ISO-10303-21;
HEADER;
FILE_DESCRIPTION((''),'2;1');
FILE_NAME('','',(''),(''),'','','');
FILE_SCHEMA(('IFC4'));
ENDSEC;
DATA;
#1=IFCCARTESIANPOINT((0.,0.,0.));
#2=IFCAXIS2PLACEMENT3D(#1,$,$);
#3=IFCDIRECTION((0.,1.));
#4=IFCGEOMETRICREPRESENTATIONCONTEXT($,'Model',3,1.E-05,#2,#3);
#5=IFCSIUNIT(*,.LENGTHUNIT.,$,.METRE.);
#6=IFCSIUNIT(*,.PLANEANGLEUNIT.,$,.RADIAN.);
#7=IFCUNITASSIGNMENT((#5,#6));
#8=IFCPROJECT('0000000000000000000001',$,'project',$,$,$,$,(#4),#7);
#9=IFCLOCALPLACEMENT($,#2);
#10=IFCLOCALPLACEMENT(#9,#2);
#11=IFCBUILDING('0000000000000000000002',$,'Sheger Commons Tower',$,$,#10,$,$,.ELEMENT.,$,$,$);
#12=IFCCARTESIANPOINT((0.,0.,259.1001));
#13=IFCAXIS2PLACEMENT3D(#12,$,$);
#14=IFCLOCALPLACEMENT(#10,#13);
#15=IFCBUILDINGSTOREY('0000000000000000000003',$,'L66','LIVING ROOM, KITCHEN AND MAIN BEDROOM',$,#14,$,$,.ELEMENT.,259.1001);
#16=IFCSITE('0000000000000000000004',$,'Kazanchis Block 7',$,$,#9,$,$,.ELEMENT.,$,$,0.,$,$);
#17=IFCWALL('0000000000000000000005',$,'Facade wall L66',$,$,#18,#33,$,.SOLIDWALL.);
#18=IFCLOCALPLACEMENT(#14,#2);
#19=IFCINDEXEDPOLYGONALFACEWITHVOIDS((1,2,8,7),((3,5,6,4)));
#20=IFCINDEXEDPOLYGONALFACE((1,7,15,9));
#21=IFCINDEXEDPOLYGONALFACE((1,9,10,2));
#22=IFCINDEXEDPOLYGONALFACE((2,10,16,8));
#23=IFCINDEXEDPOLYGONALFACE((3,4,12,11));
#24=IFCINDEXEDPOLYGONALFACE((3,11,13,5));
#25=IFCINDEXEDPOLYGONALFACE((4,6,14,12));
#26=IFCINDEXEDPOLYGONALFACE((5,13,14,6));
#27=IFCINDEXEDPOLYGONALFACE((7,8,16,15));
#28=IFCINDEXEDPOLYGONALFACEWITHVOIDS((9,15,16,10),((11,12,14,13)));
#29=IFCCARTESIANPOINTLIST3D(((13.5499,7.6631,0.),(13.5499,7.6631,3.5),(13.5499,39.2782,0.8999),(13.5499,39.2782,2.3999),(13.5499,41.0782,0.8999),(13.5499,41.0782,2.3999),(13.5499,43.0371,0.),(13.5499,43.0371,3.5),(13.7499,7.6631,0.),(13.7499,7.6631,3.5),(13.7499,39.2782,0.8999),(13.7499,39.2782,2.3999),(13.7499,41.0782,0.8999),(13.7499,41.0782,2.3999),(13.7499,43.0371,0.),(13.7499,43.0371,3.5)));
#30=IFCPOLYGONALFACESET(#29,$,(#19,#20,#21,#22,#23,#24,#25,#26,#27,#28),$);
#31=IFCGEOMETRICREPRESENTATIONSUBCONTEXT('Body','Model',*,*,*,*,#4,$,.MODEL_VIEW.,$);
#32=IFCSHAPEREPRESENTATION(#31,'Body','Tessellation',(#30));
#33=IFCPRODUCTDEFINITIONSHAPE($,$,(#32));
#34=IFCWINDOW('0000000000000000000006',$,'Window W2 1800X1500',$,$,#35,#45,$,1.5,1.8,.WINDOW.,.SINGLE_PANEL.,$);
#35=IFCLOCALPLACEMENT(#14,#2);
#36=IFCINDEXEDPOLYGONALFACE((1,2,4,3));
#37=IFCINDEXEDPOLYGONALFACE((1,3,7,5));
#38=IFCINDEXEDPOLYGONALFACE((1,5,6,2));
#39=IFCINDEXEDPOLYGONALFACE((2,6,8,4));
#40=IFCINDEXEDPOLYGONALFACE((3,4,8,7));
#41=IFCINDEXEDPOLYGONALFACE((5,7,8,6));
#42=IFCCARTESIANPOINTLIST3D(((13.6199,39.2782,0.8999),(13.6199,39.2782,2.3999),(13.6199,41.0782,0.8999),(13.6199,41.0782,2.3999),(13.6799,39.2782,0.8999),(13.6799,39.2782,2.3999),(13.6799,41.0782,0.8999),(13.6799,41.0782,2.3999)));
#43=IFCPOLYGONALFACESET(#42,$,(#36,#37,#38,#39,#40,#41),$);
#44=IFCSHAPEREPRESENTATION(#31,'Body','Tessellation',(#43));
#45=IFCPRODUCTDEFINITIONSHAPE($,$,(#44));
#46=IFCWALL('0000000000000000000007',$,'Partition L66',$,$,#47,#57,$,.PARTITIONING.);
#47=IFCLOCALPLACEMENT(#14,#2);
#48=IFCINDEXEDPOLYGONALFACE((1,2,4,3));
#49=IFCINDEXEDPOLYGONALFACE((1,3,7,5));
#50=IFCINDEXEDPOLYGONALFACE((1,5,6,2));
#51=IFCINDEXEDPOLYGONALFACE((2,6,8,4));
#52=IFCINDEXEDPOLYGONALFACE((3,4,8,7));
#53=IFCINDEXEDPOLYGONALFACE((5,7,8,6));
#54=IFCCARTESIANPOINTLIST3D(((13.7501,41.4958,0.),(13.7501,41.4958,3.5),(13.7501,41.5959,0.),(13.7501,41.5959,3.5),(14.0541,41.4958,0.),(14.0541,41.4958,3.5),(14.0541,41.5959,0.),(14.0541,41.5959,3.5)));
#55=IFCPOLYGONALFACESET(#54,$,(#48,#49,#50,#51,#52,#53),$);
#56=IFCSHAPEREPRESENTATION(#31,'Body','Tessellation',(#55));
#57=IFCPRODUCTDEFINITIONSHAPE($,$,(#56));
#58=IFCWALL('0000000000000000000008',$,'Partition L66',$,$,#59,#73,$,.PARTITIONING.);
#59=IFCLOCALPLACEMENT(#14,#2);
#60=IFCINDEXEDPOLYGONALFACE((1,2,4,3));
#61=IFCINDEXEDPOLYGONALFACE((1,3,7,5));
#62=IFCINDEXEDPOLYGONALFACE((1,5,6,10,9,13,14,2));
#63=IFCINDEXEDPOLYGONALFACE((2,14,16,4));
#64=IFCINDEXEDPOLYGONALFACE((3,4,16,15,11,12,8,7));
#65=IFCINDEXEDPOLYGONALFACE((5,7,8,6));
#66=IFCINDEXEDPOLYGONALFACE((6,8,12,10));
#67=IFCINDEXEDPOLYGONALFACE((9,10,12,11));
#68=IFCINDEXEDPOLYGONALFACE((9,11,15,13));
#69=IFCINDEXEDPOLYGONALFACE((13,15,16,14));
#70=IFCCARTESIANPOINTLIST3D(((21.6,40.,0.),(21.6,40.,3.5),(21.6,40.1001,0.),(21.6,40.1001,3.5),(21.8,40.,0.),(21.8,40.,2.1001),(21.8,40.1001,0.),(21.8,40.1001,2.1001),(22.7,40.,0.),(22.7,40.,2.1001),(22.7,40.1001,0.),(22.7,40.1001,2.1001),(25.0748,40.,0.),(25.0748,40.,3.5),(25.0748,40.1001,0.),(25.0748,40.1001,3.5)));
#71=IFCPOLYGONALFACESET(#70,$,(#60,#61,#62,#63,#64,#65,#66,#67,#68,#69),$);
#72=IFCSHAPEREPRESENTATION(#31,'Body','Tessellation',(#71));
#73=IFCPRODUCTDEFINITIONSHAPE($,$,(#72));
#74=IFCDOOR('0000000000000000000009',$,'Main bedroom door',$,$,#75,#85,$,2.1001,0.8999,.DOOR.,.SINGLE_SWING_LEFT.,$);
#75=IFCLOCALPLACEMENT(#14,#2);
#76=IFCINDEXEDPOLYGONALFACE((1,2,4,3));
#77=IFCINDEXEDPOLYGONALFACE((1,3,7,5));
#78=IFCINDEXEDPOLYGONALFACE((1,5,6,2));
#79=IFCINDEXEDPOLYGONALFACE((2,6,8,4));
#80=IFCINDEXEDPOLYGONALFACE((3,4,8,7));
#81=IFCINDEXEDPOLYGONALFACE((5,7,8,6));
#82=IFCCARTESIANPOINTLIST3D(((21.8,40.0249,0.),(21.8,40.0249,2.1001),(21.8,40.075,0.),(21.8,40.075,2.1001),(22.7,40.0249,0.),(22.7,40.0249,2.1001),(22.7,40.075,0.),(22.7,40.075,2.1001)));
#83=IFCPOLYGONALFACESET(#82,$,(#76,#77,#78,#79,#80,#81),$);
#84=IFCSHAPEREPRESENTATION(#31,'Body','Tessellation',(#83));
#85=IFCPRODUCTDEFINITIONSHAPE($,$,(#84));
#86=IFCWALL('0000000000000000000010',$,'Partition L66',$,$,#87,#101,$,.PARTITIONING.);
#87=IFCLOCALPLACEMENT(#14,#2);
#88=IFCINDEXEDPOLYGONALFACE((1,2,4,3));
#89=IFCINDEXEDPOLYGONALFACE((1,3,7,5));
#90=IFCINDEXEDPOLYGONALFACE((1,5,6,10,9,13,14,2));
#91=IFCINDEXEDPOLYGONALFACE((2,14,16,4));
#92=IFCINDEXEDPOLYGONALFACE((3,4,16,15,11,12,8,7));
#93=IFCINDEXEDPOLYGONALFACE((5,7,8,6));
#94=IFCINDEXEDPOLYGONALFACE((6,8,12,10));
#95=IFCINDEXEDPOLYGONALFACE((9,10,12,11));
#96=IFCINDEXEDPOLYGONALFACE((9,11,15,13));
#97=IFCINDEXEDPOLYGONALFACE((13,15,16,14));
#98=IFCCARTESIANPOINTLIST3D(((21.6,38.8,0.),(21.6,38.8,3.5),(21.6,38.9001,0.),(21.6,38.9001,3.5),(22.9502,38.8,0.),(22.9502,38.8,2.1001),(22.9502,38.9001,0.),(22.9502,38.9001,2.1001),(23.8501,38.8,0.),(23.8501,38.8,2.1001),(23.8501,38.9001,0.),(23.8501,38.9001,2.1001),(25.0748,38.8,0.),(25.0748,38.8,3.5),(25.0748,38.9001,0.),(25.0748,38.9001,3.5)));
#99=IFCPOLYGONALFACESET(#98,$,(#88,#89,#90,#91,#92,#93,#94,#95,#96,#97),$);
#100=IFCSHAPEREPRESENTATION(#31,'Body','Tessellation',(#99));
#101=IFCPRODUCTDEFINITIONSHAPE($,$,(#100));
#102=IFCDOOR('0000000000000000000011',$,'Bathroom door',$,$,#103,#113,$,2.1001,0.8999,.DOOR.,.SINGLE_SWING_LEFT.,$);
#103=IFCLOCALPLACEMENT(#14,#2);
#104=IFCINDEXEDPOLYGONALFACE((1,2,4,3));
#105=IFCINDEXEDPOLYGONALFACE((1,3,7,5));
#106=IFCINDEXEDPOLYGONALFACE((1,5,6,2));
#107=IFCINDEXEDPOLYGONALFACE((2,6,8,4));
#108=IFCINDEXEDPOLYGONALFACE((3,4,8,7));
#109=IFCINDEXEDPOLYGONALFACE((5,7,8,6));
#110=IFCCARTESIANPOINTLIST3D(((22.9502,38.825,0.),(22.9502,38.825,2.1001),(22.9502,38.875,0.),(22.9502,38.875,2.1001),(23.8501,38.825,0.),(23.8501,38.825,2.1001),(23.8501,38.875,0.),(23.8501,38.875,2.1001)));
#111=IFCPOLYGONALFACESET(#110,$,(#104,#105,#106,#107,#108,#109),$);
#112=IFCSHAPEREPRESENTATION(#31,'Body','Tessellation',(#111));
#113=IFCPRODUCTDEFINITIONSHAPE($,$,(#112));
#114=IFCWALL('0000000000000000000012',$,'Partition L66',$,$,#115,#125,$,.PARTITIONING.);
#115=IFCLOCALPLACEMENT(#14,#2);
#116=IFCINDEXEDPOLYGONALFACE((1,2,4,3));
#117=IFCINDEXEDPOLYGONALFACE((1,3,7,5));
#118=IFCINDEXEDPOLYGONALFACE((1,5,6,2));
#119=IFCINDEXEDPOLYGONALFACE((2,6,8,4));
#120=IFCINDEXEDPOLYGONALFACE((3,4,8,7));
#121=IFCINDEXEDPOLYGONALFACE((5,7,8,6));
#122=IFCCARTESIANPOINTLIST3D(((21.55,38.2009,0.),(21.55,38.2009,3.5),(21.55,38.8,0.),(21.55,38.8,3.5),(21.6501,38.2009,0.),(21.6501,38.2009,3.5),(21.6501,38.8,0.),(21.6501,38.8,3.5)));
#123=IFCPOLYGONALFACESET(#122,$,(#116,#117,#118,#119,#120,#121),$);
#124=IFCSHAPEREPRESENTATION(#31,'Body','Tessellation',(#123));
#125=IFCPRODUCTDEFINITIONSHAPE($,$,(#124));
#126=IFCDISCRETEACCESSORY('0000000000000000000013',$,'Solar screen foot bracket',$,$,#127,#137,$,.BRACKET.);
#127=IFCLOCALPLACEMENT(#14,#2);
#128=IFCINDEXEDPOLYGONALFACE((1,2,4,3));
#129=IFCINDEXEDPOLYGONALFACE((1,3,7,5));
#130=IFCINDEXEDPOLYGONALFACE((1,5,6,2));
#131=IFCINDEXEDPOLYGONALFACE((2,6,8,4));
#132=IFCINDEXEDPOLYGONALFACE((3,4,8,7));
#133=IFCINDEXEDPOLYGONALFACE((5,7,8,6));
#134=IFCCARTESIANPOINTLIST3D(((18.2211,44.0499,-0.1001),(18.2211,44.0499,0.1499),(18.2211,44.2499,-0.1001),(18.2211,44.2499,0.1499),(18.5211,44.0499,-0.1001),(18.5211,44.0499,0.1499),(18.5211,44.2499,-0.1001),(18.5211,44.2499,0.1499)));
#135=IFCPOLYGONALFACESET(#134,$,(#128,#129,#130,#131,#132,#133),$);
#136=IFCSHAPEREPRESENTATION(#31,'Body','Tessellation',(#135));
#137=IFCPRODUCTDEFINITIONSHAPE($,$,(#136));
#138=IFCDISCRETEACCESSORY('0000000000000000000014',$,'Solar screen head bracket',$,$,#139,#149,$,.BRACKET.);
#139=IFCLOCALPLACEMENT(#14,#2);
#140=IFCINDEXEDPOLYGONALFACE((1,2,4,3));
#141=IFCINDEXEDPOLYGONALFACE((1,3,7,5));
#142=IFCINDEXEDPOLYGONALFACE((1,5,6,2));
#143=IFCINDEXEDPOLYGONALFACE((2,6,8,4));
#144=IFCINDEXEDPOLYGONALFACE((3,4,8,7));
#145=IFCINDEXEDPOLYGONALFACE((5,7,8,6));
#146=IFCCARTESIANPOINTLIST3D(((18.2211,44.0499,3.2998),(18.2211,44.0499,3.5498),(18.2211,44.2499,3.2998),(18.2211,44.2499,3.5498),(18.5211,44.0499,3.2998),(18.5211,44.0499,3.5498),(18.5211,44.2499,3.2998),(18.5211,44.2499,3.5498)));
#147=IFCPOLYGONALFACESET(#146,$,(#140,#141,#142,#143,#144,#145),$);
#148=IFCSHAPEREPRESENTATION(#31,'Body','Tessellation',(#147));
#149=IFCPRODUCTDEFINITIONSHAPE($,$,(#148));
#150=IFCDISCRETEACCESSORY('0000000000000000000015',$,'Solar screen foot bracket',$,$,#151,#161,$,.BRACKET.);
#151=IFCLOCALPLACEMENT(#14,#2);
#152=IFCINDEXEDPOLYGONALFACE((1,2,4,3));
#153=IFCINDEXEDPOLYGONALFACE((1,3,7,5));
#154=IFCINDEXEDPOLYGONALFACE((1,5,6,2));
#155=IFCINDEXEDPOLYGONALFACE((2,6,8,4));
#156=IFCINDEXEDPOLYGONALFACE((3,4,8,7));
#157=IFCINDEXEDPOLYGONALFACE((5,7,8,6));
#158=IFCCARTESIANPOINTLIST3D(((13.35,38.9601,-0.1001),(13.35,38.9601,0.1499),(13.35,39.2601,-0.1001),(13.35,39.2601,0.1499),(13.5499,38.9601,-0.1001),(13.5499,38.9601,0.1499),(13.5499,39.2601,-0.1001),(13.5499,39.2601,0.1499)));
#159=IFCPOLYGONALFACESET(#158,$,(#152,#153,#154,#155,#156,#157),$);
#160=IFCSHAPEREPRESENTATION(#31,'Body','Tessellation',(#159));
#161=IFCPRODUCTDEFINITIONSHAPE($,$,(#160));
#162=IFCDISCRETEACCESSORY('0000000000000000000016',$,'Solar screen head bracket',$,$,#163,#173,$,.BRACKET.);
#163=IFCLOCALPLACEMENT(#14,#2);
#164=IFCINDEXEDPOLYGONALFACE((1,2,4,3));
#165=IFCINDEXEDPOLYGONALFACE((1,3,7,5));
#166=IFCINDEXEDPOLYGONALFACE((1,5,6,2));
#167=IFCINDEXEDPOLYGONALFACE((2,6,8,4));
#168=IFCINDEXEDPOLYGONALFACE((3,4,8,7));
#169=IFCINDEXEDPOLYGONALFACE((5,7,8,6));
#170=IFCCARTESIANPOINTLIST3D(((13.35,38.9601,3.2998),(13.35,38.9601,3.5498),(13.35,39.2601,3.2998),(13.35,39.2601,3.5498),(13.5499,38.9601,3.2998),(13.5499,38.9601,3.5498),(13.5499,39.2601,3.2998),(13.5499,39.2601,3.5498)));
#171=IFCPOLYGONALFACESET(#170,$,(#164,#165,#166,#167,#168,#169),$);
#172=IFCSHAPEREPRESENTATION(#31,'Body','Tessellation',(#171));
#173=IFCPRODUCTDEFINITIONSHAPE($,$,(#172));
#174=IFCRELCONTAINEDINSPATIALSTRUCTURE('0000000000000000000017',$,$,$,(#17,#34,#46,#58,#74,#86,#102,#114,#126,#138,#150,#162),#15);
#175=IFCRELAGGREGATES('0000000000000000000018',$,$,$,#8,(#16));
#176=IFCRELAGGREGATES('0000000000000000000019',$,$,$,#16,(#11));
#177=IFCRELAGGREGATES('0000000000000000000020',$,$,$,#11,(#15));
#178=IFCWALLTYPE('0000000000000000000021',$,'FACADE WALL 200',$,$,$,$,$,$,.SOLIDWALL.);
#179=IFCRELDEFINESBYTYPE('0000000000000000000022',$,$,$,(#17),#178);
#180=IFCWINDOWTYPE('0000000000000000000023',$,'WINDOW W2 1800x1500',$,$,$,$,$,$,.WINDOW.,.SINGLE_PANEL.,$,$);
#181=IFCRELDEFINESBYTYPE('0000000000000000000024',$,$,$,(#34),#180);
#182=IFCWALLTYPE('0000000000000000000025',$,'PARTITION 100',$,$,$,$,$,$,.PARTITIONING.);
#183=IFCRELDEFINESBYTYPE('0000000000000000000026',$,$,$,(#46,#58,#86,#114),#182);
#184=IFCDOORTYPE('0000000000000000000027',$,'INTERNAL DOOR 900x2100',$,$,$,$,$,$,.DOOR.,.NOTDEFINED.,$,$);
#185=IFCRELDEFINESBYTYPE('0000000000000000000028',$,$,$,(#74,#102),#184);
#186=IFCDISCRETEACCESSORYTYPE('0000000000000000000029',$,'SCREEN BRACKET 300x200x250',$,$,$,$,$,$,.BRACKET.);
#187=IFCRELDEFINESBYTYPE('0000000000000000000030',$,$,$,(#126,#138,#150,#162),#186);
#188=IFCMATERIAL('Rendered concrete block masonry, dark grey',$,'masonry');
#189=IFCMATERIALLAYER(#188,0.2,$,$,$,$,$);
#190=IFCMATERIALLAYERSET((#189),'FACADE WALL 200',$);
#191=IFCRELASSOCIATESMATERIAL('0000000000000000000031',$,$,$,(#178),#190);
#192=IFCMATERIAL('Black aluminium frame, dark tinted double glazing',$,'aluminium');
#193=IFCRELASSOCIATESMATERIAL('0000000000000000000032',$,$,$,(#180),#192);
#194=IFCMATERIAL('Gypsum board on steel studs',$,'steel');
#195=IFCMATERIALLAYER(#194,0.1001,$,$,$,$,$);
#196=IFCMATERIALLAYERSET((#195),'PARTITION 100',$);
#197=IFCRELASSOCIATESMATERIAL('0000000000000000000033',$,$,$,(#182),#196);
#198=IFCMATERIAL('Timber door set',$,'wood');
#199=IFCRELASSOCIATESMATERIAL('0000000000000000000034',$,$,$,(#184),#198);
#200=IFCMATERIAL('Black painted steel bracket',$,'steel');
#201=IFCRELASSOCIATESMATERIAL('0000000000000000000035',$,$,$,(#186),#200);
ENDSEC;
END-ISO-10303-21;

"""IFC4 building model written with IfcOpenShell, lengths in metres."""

from ifc_helpers import new_model, si_unit, direction, frame, frame_2d, origin, origin_2d, place, context, subcontext, project, spatial, rectangle, extrude, material, layer, layer_set, type_object, element, fill, save


model = new_model("IFC4")

# Units and contexts
model_context = context("Model", 3, precision=1e-05, world=origin(), true_north=direction((0.0, 1.0)))
body_context = subcontext(model_context, "Body", "Model", "MODEL_VIEW")
ifc_project = project(units=[si_unit("LENGTHUNIT", "METRE"), si_unit("PLANEANGLEUNIT", "RADIAN")], contexts=[model_context])

# Site, building, storey
site_placement = place(None, origin())
site = spatial("IfcSite", under=ifc_project, at=site_placement, Name="Kazanchis Block 7", CompositionType="ELEMENT", RefElevation=0.0)
building_placement = place(site_placement, origin())
building = spatial("IfcBuilding", under=site, at=building_placement, Name="Sheger Commons Tower", CompositionType="ELEMENT")
storey_placement = place(building_placement, frame((0.0, 0.0, 259.1001)))
storey = spatial("IfcBuildingStorey", under=building, at=storey_placement, Name="L66", Description="LIVING ROOM, KITCHEN AND MAIN BEDROOM", CompositionType="ELEMENT", Elevation=259.1001)

# Shared definitions
ifc_material_1 = material(Name="Rendered concrete block masonry, dark grey", Category="masonry")
ifc_layer_1 = layer(ifc_material_1, 0.2)
ifc_layer_set_1 = layer_set([ifc_layer_1], Name="FACADE WALL 200")
wall_type_1 = type_object("IfcWallType", Name="FACADE WALL 200", PredefinedType="SOLIDWALL", material=ifc_layer_set_1)

# Wall, opening, window
wall_1_placement = place(storey_placement, frame((13.6499, 43.0371, 0.0), z_axis=(0.0, 0.0, 1.0), x_axis=(0.0, -1.0, 0.0)))
wall_1 = element("IfcWall", 1, at=wall_1_placement, inside=storey, type_object=wall_type_1, Name="Facade wall L66", PredefinedType="SOLIDWALL", context=body_context, shape_type="SweptSolid", body=[
    extrude(rectangle(XDim=35.374, YDim=0.2, at=frame_2d((17.687, 0.0))), origin(), (0.0, 0.0, 1.0), 3.5),
])
opening_1_placement = place(wall_1_placement, frame((1.959, 0.0, 0.8999)))
opening_1 = element("IfcOpeningElement", 2, at=opening_1_placement, cuts=wall_1, PredefinedType="OPENING", context=body_context, shape_type="SweptSolid", body=[
    extrude(rectangle(XDim=1.8, YDim=1.5, at=frame_2d((0.8999, 0.75))), frame((0.0, 0.1099, 0.0), z_axis=(0.0, -1.0, 0.0), x_axis=(1.0, 0.0, 0.0)), (0.0, 0.0, 1.0), 0.22),
])
ifc_material_2 = material(Name="Black aluminium frame, dark tinted double glazing", Category="aluminium")
window_type = type_object("IfcWindowType", Name="WINDOW W2 1800x1500", PartitioningType="SINGLE_PANEL", PredefinedType="WINDOW", material=ifc_material_2)
window_placement = place(opening_1_placement, origin())
window = element("IfcWindow", 3, at=window_placement, inside=storey, type_object=window_type, Name="Window W2 1800X1500", OverallHeight=1.5, OverallWidth=1.8, PartitioningType="SINGLE_PANEL", PredefinedType="WINDOW", context=body_context, shape_type="SweptSolid", body=[
    extrude(rectangle(XDim=1.8, YDim=1.5, at=frame_2d((0.8999, 0.75))), frame((0.0, 0.03, 0.0), z_axis=(0.0, -1.0, 0.0), x_axis=(1.0, 0.0, 0.0)), (0.0, 0.0, 1.0), 0.0601),
])
fill(opening_1, window)

# Wall
ifc_material_3 = material(Name="Gypsum board on steel studs", Category="steel")
ifc_layer_2 = layer(ifc_material_3, 0.1001)
ifc_layer_set_2 = layer_set([ifc_layer_2], Name="PARTITION 100")
wall_type_2 = type_object("IfcWallType", Name="PARTITION 100", PredefinedType="PARTITIONING", material=ifc_layer_set_2)
wall_2_placement = place(storey_placement, frame((14.054, 41.5459, 0.0), z_axis=(0.0, 0.0, 1.0), x_axis=(-1.0, 0.0, 0.0)))
element("IfcWall", 4, at=wall_2_placement, inside=storey, type_object=wall_type_2, Name="Partition L66", PredefinedType="PARTITIONING", context=body_context, shape_type="SweptSolid", body=[
    extrude(rectangle(XDim=0.304, YDim=0.1001, at=frame_2d((0.1519, 0.0))), origin(), (0.0, 0.0, 1.0), 3.5),
])

# Walls, openings, doors
wall_3_placement = place(storey_placement, frame((21.6001, 40.05, 0.0), z_axis=(0.0, 0.0, 1.0), x_axis=(1.0, 0.0, 0.0)))
wall_3 = element("IfcWall", 5, at=wall_3_placement, inside=storey, type_object=wall_type_2, Name="Partition L66", PredefinedType="PARTITIONING", context=body_context, shape_type="SweptSolid", body=[
    extrude(rectangle(XDim=3.4749, YDim=0.1001, at=frame_2d((1.7373, 0.0))), origin(), (0.0, 0.0, 1.0), 3.5),
])
opening_2_placement = place(wall_3_placement, frame((0.2, 0.0, 0.0)))
opening_2 = element("IfcOpeningElement", 6, at=opening_2_placement, cuts=wall_3, PredefinedType="OPENING", context=body_context, shape_type="SweptSolid", body=[
    extrude(rectangle(XDim=0.8999, YDim=2.1001, at=frame_2d((0.45, 1.05))), frame((0.0, 0.0601, 0.0), z_axis=(0.0, -1.0, 0.0), x_axis=(1.0, 0.0, 0.0)), (0.0, 0.0, 1.0), 0.1201),
])
ifc_material_4 = material(Name="Timber door set", Category="wood")
door_type_1 = type_object("IfcDoorType", Name="INTERNAL DOOR 900x2100", OperationType="NOTDEFINED", PredefinedType="DOOR", material=ifc_material_4)
door_1_placement = place(opening_2_placement, origin())
door_1 = element("IfcDoor", 7, at=door_1_placement, inside=storey, type_object=door_type_1, Name="Main bedroom door", OperationType="SINGLE_SWING_LEFT", OverallHeight=2.1001, OverallWidth=0.8999, PredefinedType="DOOR", context=body_context, shape_type="SweptSolid", body=[
    extrude(rectangle(XDim=0.8999, YDim=2.1001, at=frame_2d((0.45, 1.05))), frame((0.0, 0.0249, 0.0), z_axis=(0.0, -1.0, 0.0), x_axis=(1.0, 0.0, 0.0)), (0.0, 0.0, 1.0), 0.05),
])
fill(opening_2, door_1)
wall_4_placement = place(storey_placement, frame((21.6001, 38.8501, 0.0), z_axis=(0.0, 0.0, 1.0), x_axis=(1.0, 0.0, 0.0)))
wall_4 = element("IfcWall", 8, at=wall_4_placement, inside=storey, type_object=wall_type_2, Name="Partition L66", PredefinedType="PARTITIONING", context=body_context, shape_type="SweptSolid", body=[
    extrude(rectangle(XDim=3.4749, YDim=0.1001, at=frame_2d((1.7373, 0.0))), origin(), (0.0, 0.0, 1.0), 3.5),
])
opening_3_placement = place(wall_4_placement, frame((1.3501, 0.0, 0.0)))
opening_3 = element("IfcOpeningElement", 9, at=opening_3_placement, cuts=wall_4, PredefinedType="OPENING", context=body_context, shape_type="SweptSolid", body=[
    extrude(rectangle(XDim=0.8999, YDim=2.1001, at=frame_2d((0.45, 1.05))), frame((0.0, 0.0601, 0.0), z_axis=(0.0, -1.0, 0.0), x_axis=(1.0, 0.0, 0.0)), (0.0, 0.0, 1.0), 0.1201),
])
door_2_placement = place(opening_3_placement, origin())
door_2 = element("IfcDoor", 10, at=door_2_placement, inside=storey, type_object=door_type_1, Name="Bathroom door", OperationType="SINGLE_SWING_LEFT", OverallHeight=2.1001, OverallWidth=0.8999, PredefinedType="DOOR", context=body_context, shape_type="SweptSolid", body=[
    extrude(rectangle(XDim=0.8999, YDim=2.1001, at=frame_2d((0.45, 1.05))), frame((0.0, 0.0249, 0.0), z_axis=(0.0, -1.0, 0.0), x_axis=(1.0, 0.0, 0.0)), (0.0, 0.0, 1.0), 0.05),
])
fill(opening_3, door_2)

# Wall
wall_5_placement = place(storey_placement, frame((21.6001, 38.2009, 0.0), z_axis=(0.0, 0.0, 1.0), x_axis=(0.0, 1.0, 0.0)))
element("IfcWall", 11, at=wall_5_placement, inside=storey, type_object=wall_type_2, Name="Partition L66", PredefinedType="PARTITIONING", context=body_context, shape_type="SweptSolid", body=[
    extrude(rectangle(XDim=0.5991, YDim=0.1001, at=frame_2d((0.2996, 0.0))), origin(), (0.0, 0.0, 1.0), 3.5),
])

# Discrete accessories
ifc_material_5 = material(Name="Black painted steel bracket", Category="steel")
discrete_accessory_type = type_object("IfcDiscreteAccessoryType", Name="SCREEN BRACKET 300x200x250", PredefinedType="BRACKET", material=ifc_material_5)
for number, where, z_axis, x_axis, name in (
    (12, (18.3711, 44.1499, -0.1001), (0.0, 0.0, 1.0), (-1.0, 0.0, 0.0), "Solar screen foot bracket"),
    (13, (18.3711, 44.1499, 3.2998), (0.0, 0.0, 1.0), (-1.0, 0.0, 0.0), "Solar screen head bracket"),
    (14, (13.45, 39.1101, -0.1001), (0.0, 0.0, 1.0), (0.0, -1.0, 0.0), "Solar screen foot bracket"),
    (15, (13.45, 39.1101, 3.2998), (0.0, 0.0, 1.0), (0.0, -1.0, 0.0), "Solar screen head bracket"),
):
    element("IfcDiscreteAccessory", number, at=place(storey_placement, frame(where, z_axis=z_axis, x_axis=x_axis)), inside=storey, type_object=discrete_accessory_type, Name=name, PredefinedType="BRACKET", context=body_context, shape_type="SweptSolid", body=[
        extrude(rectangle(XDim=0.3, YDim=0.2, at=origin_2d()), origin(), (0.0, 0.0, 1.0), 0.25),
    ])

save(model, "model.ifc")
